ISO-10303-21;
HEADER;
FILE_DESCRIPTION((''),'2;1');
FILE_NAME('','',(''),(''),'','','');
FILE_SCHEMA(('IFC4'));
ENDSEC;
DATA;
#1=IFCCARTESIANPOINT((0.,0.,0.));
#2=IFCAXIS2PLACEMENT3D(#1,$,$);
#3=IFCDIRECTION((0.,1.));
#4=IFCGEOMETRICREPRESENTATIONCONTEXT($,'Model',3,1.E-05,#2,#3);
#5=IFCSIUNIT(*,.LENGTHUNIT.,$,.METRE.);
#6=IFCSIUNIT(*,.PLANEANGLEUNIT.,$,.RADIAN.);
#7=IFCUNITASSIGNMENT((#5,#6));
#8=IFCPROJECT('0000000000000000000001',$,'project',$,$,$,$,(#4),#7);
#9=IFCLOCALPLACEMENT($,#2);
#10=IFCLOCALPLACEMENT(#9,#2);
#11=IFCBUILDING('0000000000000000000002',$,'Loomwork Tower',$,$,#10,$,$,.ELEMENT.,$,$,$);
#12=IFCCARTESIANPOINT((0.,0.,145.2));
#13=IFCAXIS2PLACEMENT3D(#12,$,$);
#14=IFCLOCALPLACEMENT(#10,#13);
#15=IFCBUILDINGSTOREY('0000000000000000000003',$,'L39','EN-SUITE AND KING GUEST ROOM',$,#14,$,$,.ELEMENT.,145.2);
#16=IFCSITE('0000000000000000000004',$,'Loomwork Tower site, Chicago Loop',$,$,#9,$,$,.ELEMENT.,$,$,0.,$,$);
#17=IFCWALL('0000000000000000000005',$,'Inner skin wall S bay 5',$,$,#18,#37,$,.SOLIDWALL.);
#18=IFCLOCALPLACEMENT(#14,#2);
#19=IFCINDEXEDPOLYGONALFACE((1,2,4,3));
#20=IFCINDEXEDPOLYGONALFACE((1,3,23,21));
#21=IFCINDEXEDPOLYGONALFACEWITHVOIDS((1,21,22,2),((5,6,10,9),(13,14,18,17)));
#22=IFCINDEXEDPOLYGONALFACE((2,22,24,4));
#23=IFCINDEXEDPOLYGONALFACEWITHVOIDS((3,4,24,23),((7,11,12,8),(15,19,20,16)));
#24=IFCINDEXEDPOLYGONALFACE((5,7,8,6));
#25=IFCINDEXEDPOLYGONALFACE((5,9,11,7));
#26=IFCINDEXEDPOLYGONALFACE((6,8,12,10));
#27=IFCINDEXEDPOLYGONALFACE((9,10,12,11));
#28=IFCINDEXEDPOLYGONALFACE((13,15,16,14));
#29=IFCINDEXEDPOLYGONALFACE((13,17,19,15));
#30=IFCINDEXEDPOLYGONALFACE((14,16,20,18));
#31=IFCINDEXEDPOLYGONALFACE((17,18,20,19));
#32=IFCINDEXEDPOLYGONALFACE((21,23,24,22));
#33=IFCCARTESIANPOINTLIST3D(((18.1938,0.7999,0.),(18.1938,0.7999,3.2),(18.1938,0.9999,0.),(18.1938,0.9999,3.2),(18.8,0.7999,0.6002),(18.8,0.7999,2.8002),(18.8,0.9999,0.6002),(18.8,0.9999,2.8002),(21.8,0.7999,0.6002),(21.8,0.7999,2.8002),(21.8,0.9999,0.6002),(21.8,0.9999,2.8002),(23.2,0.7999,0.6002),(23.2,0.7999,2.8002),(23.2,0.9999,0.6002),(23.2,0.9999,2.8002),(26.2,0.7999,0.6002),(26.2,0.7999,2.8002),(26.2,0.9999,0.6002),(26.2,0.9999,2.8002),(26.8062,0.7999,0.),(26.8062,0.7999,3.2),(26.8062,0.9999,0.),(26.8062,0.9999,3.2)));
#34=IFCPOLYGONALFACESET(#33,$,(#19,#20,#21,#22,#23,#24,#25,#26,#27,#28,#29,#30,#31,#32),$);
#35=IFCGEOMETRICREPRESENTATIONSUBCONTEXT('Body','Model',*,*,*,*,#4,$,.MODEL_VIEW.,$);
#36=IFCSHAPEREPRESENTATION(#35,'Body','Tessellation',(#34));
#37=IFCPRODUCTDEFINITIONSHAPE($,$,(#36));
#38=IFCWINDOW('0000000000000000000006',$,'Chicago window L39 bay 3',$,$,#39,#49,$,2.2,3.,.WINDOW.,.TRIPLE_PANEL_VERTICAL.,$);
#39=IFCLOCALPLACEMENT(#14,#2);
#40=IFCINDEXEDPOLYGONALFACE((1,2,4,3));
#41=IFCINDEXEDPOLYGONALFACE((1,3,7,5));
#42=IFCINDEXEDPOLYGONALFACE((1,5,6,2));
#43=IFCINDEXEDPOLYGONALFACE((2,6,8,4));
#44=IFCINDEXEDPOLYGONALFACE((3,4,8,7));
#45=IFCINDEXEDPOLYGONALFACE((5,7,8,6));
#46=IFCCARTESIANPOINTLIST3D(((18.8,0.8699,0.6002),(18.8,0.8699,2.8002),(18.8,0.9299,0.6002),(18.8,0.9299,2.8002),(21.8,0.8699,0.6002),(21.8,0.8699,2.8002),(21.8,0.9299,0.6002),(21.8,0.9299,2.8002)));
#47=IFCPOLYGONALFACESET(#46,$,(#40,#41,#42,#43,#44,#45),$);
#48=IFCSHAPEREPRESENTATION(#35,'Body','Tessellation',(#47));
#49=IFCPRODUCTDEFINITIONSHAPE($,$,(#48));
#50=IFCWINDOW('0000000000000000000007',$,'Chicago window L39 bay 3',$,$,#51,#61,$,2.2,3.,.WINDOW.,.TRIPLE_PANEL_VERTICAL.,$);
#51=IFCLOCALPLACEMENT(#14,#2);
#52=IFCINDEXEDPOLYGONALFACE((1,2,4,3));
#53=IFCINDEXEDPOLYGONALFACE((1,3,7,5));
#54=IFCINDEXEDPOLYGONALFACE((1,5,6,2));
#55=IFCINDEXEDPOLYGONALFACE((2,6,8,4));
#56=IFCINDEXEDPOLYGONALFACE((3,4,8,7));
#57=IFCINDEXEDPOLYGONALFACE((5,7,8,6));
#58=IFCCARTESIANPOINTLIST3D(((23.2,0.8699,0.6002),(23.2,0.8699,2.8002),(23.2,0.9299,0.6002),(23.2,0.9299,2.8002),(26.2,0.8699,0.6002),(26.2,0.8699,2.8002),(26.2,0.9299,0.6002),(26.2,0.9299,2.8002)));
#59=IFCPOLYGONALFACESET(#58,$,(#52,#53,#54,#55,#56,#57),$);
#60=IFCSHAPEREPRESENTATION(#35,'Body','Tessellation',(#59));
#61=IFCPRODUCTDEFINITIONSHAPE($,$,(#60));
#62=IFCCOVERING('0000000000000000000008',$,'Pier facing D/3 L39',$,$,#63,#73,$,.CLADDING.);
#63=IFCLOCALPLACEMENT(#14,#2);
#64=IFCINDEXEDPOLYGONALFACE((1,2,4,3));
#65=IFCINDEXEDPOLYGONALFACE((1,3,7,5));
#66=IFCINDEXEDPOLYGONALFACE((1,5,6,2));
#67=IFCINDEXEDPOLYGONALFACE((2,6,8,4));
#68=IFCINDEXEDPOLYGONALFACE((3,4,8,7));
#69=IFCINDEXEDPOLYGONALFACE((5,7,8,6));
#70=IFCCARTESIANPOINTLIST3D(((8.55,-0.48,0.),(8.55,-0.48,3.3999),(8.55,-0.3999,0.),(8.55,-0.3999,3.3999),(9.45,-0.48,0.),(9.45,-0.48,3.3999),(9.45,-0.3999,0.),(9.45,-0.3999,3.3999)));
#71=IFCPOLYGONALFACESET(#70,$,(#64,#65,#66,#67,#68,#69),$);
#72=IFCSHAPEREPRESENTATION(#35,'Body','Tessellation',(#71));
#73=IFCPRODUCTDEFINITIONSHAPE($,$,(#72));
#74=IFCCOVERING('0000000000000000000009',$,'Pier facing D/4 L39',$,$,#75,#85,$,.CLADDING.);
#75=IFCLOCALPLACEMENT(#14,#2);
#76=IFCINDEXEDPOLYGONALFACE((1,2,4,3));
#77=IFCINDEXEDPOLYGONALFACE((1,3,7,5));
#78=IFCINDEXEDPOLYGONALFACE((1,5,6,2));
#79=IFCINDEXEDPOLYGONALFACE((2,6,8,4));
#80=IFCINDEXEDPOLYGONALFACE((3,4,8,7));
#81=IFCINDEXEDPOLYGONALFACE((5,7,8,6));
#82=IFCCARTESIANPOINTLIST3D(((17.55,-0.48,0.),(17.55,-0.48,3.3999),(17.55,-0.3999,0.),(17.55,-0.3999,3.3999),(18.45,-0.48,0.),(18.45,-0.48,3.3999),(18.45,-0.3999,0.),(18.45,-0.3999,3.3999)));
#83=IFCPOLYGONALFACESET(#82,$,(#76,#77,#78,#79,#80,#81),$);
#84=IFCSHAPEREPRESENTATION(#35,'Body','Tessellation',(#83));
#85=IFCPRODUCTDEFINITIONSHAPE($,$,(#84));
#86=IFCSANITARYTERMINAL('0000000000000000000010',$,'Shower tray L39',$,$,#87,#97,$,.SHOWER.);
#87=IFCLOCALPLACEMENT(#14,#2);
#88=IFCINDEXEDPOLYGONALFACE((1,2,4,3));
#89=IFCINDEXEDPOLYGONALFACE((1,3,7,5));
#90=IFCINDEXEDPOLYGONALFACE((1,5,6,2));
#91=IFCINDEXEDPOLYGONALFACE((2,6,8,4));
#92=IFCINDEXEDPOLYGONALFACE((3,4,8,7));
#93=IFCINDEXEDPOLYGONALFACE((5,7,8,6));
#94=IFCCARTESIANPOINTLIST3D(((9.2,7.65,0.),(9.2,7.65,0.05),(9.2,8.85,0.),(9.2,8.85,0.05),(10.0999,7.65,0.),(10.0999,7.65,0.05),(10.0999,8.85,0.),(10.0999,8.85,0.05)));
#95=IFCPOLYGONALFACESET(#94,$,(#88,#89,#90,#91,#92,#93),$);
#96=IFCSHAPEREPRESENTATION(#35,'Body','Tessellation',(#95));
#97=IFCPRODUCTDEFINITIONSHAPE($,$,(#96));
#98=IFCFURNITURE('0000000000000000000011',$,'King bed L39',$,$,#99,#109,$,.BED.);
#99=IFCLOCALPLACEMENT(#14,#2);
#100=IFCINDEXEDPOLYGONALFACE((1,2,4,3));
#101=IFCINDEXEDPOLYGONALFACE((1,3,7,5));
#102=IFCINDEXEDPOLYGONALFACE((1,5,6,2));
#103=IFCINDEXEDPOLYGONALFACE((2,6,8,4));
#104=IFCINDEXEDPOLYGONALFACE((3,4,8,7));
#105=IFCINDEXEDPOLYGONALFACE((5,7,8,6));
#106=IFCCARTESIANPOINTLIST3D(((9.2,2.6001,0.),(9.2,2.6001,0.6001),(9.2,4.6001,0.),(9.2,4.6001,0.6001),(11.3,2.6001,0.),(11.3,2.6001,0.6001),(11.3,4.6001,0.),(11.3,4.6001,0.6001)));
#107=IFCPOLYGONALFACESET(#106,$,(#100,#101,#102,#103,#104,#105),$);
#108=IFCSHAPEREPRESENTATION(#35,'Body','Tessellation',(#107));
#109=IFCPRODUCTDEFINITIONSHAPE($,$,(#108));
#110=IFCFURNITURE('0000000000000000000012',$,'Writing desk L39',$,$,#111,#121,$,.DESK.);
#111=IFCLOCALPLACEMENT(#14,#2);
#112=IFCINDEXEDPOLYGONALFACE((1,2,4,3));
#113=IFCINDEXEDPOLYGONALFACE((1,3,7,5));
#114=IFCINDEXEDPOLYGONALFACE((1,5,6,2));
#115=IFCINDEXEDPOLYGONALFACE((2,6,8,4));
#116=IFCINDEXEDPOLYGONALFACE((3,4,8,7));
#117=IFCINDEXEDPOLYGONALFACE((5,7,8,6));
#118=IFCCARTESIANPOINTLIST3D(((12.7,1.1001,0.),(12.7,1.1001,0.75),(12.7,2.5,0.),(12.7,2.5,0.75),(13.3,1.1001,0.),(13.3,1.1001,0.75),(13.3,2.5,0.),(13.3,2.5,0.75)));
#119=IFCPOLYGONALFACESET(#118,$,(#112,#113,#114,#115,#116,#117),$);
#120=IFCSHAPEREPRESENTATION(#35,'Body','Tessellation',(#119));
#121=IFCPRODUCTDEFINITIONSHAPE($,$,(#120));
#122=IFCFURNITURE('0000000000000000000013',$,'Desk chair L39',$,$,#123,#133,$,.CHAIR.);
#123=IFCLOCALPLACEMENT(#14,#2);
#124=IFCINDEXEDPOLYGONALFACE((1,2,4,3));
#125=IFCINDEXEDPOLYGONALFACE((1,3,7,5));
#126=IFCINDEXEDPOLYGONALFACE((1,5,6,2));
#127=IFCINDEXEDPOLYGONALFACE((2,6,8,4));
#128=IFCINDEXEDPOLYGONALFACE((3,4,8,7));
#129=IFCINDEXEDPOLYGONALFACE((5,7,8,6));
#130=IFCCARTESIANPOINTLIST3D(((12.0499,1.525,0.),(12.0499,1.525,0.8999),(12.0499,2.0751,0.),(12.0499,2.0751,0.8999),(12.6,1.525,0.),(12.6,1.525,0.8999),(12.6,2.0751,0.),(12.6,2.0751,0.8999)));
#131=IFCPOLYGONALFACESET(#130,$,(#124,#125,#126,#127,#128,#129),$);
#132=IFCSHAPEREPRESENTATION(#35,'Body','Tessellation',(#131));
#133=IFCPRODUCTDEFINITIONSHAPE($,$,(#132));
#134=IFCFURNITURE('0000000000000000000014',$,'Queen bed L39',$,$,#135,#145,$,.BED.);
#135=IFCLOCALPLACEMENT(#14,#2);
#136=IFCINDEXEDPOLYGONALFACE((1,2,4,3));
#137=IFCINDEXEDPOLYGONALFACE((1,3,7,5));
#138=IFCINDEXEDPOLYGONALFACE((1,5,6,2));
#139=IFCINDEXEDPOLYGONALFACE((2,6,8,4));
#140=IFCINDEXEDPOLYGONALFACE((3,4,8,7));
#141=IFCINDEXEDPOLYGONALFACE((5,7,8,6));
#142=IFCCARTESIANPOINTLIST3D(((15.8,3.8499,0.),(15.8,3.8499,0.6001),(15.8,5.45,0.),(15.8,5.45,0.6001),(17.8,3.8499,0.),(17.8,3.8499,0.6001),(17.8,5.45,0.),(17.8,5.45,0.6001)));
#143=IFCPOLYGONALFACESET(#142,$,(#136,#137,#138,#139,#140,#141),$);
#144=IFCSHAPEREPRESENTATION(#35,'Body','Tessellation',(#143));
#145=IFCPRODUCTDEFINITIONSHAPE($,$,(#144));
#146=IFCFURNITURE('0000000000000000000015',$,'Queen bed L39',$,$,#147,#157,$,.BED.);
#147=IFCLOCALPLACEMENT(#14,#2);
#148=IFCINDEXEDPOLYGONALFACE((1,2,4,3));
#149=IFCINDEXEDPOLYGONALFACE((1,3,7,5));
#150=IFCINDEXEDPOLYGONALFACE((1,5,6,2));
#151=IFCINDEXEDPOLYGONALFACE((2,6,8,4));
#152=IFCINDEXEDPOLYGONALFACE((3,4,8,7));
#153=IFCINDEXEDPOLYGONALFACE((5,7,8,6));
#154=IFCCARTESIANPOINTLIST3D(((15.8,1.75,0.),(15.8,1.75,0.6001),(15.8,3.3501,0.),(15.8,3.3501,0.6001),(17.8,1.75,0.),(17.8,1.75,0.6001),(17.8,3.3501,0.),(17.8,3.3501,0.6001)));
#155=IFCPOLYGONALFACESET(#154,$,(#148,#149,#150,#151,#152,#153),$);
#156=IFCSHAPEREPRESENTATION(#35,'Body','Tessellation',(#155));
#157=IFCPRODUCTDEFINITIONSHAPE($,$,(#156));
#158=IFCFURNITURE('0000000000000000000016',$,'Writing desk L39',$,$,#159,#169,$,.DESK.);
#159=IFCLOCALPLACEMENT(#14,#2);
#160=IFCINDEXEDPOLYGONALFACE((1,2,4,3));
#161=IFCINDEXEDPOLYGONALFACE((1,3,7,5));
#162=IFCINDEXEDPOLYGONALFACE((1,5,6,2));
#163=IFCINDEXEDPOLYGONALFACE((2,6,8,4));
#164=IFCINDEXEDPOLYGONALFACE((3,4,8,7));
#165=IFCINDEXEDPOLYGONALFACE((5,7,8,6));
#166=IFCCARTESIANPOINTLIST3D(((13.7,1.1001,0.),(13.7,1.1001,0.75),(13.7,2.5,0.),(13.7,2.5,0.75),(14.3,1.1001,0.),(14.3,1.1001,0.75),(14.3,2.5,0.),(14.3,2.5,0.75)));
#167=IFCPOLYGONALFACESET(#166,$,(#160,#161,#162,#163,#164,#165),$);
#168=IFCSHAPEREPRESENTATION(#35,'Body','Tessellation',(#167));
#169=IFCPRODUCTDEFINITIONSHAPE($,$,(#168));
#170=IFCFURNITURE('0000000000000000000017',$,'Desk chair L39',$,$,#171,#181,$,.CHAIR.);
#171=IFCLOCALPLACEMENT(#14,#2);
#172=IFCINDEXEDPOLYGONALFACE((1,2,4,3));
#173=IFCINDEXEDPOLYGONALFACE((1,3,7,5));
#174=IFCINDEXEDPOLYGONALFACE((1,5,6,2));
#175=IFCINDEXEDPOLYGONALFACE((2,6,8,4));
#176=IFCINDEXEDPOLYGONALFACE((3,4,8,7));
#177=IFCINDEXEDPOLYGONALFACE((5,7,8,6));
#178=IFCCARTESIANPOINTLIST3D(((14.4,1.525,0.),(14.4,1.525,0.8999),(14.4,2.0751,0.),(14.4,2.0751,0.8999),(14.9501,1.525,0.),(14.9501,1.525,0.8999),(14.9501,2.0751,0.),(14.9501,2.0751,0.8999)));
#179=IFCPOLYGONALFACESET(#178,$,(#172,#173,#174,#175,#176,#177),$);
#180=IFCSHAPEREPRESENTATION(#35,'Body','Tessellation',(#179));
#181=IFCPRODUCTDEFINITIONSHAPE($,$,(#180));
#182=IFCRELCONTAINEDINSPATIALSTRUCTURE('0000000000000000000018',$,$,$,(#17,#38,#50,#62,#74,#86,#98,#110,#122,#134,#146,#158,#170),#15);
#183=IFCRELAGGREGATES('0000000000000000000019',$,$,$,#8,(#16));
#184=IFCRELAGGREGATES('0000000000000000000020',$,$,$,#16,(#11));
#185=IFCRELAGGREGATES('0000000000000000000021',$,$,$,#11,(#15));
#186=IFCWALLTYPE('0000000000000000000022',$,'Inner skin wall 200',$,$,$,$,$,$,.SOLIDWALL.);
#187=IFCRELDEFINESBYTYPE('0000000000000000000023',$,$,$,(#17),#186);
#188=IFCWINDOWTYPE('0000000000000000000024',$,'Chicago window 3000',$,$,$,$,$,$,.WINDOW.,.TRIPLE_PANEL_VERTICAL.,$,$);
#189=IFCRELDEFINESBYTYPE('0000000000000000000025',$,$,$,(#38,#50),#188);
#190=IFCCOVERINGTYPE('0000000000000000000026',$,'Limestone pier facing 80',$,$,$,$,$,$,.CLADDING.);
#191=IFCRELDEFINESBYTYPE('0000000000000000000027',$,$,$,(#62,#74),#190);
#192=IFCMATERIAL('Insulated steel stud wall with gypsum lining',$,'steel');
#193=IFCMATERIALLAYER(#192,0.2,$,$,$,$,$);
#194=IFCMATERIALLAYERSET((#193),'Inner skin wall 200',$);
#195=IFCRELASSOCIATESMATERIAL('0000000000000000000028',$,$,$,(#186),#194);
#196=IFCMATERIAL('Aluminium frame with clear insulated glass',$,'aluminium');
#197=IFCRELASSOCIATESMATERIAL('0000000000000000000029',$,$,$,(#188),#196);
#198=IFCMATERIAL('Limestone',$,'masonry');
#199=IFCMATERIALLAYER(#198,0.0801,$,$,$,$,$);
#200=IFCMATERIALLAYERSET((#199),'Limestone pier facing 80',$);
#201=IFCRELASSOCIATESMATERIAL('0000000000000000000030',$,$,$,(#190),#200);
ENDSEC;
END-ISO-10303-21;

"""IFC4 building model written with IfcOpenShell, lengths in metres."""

from ifc_helpers import new_model, si_unit, direction, frame, frame_2d, origin, origin_2d, place, context, subcontext, project, spatial, rectangle, extrude, material, layer, layer_set, type_object, element, fill, save


model = new_model("IFC4")

# Units and contexts
model_context = context("Model", 3, precision=1e-05, world=origin(), true_north=direction((0.0, 1.0)))
body_context = subcontext(model_context, "Body", "Model", "MODEL_VIEW")
ifc_project = project(units=[si_unit("LENGTHUNIT", "METRE"), si_unit("PLANEANGLEUNIT", "RADIAN")], contexts=[model_context])

# Site, building, storey
site_placement = place(None, origin())
site = spatial("IfcSite", under=ifc_project, at=site_placement, Name="Loomwork Tower site, Chicago Loop", CompositionType="ELEMENT", RefElevation=0.0)
building_placement = place(site_placement, origin())
building = spatial("IfcBuilding", under=site, at=building_placement, Name="Loomwork Tower", CompositionType="ELEMENT")
storey_placement = place(building_placement, frame((0.0, 0.0, 145.2)))
storey = spatial("IfcBuildingStorey", under=building, at=storey_placement, Name="L39", Description="EN-SUITE AND KING GUEST ROOM", CompositionType="ELEMENT", Elevation=145.2)

# Shared definitions
ifc_material_1 = material(Name="Insulated steel stud wall with gypsum lining", Category="steel")
ifc_layer_1 = layer(ifc_material_1, 0.2)
ifc_layer_set_1 = layer_set([ifc_layer_1], Name="Inner skin wall 200")
wall_type_1 = type_object("IfcWallType", Name="Inner skin wall 200", PredefinedType="SOLIDWALL", material=ifc_layer_set_1)

# Shared definitions
ifc_material_2 = material(Name="Aluminium frame with clear insulated glass", Category="aluminium")
window_type = type_object("IfcWindowType", Name="Chicago window 3000", PartitioningType="TRIPLE_PANEL_VERTICAL", PredefinedType="WINDOW", material=ifc_material_2)

# Wall, openings, windows
wall_1_placement = place(storey_placement, frame((18.1938, 0.8999, 0.0), z_axis=(0.0, 0.0, 1.0), x_axis=(1.0, 0.0, 0.0)))
wall_1 = element("IfcWall", 1, at=wall_1_placement, inside=storey, type_object=wall_type_1, Name="Inner skin wall S bay 5", PredefinedType="SOLIDWALL", context=body_context, shape_type="SweptSolid", body=[
    extrude(rectangle(XDim=8.6123, YDim=0.2, at=frame_2d((4.3062, 0.0))), origin(), (0.0, 0.0, 1.0), 3.2),
])
opening_1_placement = place(wall_1_placement, frame((0.6062, 0.0, 0.6001)))
opening_1 = element("IfcOpeningElement", 2, at=opening_1_placement, cuts=wall_1, PredefinedType="OPENING", context=body_context, shape_type="SweptSolid", body=[
    extrude(rectangle(XDim=3.0, YDim=2.2, at=frame_2d((1.5, 1.1001))), frame((0.0, 0.1099, 0.0), z_axis=(0.0, -1.0, 0.0), x_axis=(1.0, 0.0, 0.0)), (0.0, 0.0, 1.0), 0.22),
])
opening_2_placement = place(wall_1_placement, frame((5.0061, 0.0, 0.6001)))
opening_2 = element("IfcOpeningElement", 3, at=opening_2_placement, cuts=wall_1, PredefinedType="OPENING", context=body_context, shape_type="SweptSolid", body=[
    extrude(rectangle(XDim=3.0, YDim=2.2, at=frame_2d((1.5, 1.1001))), frame((0.0, 0.1099, 0.0), z_axis=(0.0, -1.0, 0.0), x_axis=(1.0, 0.0, 0.0)), (0.0, 0.0, 1.0), 0.22),
])
window_1_placement = place(opening_1_placement, origin())
window_1 = element("IfcWindow", 4, at=window_1_placement, inside=storey, type_object=window_type, Name="Chicago window L39 bay 3", OverallHeight=2.2, OverallWidth=3.0, PartitioningType="TRIPLE_PANEL_VERTICAL", PredefinedType="WINDOW", context=body_context, shape_type="SweptSolid", body=[
    extrude(rectangle(XDim=3.0, YDim=2.2, at=frame_2d((1.5, 1.1001))), frame((0.0, 0.03, 0.0), z_axis=(0.0, -1.0, 0.0), x_axis=(1.0, 0.0, 0.0)), (0.0, 0.0, 1.0), 0.0601),
])
fill(opening_1, window_1)
window_2_placement = place(opening_2_placement, origin())
window_2 = element("IfcWindow", 5, at=window_2_placement, inside=storey, type_object=window_type, Name="Chicago window L39 bay 3", OverallHeight=2.2, OverallWidth=3.0, PartitioningType="TRIPLE_PANEL_VERTICAL", PredefinedType="WINDOW", context=body_context, shape_type="SweptSolid", body=[
    extrude(rectangle(XDim=3.0, YDim=2.2, at=frame_2d((1.5, 1.1001))), frame((0.0, 0.03, 0.0), z_axis=(0.0, -1.0, 0.0), x_axis=(1.0, 0.0, 0.0)), (0.0, 0.0, 1.0), 0.0601),
])
fill(opening_2, window_2)

# Coverings
ifc_material_3 = material(Name="Limestone", Category="masonry")
ifc_layer_2 = layer(ifc_material_3, 0.0801)
ifc_layer_set_2 = layer_set([ifc_layer_2], Name="Limestone pier facing 80")
covering_type = type_object("IfcCoveringType", Name="Limestone pier facing 80", PredefinedType="CLADDING", material=ifc_layer_set_2)
for number, where, z_axis, x_axis, name in (
    (6, (9.0, -0.4399, 0.0), (0.0, 0.0, 1.0), (1.0, 0.0, 0.0), "Pier facing D/3 L39"),
    (7, (18.0, -0.4399, 0.0), (0.0, 0.0, 1.0), (1.0, 0.0, 0.0), "Pier facing D/4 L39"),
):
    element("IfcCovering", number, at=place(storey_placement, frame(where, z_axis=z_axis, x_axis=x_axis)), inside=storey, type_object=covering_type, Name=name, PredefinedType="CLADDING", context=body_context, shape_type="SweptSolid", body=[
        extrude(rectangle(XDim=0.8999, YDim=0.0801, at=origin_2d()), origin(), (0.0, 0.0, 1.0), 3.3999),
    ])

# Sanitary terminal
sanitary_terminal_placement = place(storey_placement, frame((9.6499, 8.25, 0.0), z_axis=(0.0, 0.0, 1.0), x_axis=(1.0, 0.0, 0.0)))
element("IfcSanitaryTerminal", 8, at=sanitary_terminal_placement, inside=storey, Name="Shower tray L39", PredefinedType="SHOWER", context=body_context, shape_type="SweptSolid", body=[
    extrude(rectangle(XDim=0.8999, YDim=1.2, at=origin_2d()), origin(), (0.0, 0.0, 1.0), 0.05),
])

# Furniture
furniture_1_placement = place(storey_placement, frame((10.25, 3.6001, 0.0), z_axis=(0.0, 0.0, 1.0), x_axis=(1.0, 0.0, 0.0)))
element("IfcFurniture", 9, at=furniture_1_placement, inside=storey, Name="King bed L39", PredefinedType="BED", context=body_context, shape_type="SweptSolid", body=[
    extrude(rectangle(XDim=2.1001, YDim=2.0, at=origin_2d()), origin(), (0.0, 0.0, 1.0), 0.6001),
])
furniture_2_placement = place(storey_placement, frame((13.0, 1.8, 0.0), z_axis=(0.0, 0.0, 1.0), x_axis=(1.0, 0.0, 0.0)))
element("IfcFurniture", 10, at=furniture_2_placement, inside=storey, Name="Writing desk L39", PredefinedType="DESK", context=body_context, shape_type="SweptSolid", body=[
    extrude(rectangle(XDim=0.6001, YDim=1.3999, at=origin_2d()), origin(), (0.0, 0.0, 1.0), 0.75),
])
furniture_3_placement = place(storey_placement, frame((12.325, 1.8, 0.0), z_axis=(0.0, 0.0, 1.0), x_axis=(1.0, 0.0, 0.0)))
element("IfcFurniture", 11, at=furniture_3_placement, inside=storey, Name="Desk chair L39", PredefinedType="CHAIR", context=body_context, shape_type="SweptSolid", body=[
    extrude(rectangle(XDim=0.55, YDim=0.55, at=origin_2d()), origin(), (0.0, 0.0, 1.0), 0.8999),
])
for number, where, z_axis, x_axis, name in (
    (12, (16.8, 4.6499, 0.0), (0.0, 0.0, 1.0), (1.0, 0.0, 0.0), "Queen bed L39"),
    (13, (16.8, 2.55, 0.0), (0.0, 0.0, 1.0), (1.0, 0.0, 0.0), "Queen bed L39"),
):
    element("IfcFurniture", number, at=place(storey_placement, frame(where, z_axis=z_axis, x_axis=x_axis)), inside=storey, Name=name, PredefinedType="BED", context=body_context, shape_type="SweptSolid", body=[
        extrude(rectangle(XDim=2.0, YDim=1.6001, at=origin_2d()), origin(), (0.0, 0.0, 1.0), 0.6001),
    ])
furniture_4_placement = place(storey_placement, frame((14.0, 1.8, 0.0), z_axis=(0.0, 0.0, 1.0), x_axis=(1.0, 0.0, 0.0)))
element("IfcFurniture", 14, at=furniture_4_placement, inside=storey, Name="Writing desk L39", PredefinedType="DESK", context=body_context, shape_type="SweptSolid", body=[
    extrude(rectangle(XDim=0.6001, YDim=1.3999, at=origin_2d()), origin(), (0.0, 0.0, 1.0), 0.75),
])
furniture_5_placement = place(storey_placement, frame((14.675, 1.8, 0.0), z_axis=(0.0, 0.0, 1.0), x_axis=(1.0, 0.0, 0.0)))
element("IfcFurniture", 15, at=furniture_5_placement, inside=storey, Name="Desk chair L39", PredefinedType="CHAIR", context=body_context, shape_type="SweptSolid", body=[
    extrude(rectangle(XDim=0.55, YDim=0.55, at=origin_2d()), origin(), (0.0, 0.0, 1.0), 0.8999),
])

save(model, "model.ifc")
